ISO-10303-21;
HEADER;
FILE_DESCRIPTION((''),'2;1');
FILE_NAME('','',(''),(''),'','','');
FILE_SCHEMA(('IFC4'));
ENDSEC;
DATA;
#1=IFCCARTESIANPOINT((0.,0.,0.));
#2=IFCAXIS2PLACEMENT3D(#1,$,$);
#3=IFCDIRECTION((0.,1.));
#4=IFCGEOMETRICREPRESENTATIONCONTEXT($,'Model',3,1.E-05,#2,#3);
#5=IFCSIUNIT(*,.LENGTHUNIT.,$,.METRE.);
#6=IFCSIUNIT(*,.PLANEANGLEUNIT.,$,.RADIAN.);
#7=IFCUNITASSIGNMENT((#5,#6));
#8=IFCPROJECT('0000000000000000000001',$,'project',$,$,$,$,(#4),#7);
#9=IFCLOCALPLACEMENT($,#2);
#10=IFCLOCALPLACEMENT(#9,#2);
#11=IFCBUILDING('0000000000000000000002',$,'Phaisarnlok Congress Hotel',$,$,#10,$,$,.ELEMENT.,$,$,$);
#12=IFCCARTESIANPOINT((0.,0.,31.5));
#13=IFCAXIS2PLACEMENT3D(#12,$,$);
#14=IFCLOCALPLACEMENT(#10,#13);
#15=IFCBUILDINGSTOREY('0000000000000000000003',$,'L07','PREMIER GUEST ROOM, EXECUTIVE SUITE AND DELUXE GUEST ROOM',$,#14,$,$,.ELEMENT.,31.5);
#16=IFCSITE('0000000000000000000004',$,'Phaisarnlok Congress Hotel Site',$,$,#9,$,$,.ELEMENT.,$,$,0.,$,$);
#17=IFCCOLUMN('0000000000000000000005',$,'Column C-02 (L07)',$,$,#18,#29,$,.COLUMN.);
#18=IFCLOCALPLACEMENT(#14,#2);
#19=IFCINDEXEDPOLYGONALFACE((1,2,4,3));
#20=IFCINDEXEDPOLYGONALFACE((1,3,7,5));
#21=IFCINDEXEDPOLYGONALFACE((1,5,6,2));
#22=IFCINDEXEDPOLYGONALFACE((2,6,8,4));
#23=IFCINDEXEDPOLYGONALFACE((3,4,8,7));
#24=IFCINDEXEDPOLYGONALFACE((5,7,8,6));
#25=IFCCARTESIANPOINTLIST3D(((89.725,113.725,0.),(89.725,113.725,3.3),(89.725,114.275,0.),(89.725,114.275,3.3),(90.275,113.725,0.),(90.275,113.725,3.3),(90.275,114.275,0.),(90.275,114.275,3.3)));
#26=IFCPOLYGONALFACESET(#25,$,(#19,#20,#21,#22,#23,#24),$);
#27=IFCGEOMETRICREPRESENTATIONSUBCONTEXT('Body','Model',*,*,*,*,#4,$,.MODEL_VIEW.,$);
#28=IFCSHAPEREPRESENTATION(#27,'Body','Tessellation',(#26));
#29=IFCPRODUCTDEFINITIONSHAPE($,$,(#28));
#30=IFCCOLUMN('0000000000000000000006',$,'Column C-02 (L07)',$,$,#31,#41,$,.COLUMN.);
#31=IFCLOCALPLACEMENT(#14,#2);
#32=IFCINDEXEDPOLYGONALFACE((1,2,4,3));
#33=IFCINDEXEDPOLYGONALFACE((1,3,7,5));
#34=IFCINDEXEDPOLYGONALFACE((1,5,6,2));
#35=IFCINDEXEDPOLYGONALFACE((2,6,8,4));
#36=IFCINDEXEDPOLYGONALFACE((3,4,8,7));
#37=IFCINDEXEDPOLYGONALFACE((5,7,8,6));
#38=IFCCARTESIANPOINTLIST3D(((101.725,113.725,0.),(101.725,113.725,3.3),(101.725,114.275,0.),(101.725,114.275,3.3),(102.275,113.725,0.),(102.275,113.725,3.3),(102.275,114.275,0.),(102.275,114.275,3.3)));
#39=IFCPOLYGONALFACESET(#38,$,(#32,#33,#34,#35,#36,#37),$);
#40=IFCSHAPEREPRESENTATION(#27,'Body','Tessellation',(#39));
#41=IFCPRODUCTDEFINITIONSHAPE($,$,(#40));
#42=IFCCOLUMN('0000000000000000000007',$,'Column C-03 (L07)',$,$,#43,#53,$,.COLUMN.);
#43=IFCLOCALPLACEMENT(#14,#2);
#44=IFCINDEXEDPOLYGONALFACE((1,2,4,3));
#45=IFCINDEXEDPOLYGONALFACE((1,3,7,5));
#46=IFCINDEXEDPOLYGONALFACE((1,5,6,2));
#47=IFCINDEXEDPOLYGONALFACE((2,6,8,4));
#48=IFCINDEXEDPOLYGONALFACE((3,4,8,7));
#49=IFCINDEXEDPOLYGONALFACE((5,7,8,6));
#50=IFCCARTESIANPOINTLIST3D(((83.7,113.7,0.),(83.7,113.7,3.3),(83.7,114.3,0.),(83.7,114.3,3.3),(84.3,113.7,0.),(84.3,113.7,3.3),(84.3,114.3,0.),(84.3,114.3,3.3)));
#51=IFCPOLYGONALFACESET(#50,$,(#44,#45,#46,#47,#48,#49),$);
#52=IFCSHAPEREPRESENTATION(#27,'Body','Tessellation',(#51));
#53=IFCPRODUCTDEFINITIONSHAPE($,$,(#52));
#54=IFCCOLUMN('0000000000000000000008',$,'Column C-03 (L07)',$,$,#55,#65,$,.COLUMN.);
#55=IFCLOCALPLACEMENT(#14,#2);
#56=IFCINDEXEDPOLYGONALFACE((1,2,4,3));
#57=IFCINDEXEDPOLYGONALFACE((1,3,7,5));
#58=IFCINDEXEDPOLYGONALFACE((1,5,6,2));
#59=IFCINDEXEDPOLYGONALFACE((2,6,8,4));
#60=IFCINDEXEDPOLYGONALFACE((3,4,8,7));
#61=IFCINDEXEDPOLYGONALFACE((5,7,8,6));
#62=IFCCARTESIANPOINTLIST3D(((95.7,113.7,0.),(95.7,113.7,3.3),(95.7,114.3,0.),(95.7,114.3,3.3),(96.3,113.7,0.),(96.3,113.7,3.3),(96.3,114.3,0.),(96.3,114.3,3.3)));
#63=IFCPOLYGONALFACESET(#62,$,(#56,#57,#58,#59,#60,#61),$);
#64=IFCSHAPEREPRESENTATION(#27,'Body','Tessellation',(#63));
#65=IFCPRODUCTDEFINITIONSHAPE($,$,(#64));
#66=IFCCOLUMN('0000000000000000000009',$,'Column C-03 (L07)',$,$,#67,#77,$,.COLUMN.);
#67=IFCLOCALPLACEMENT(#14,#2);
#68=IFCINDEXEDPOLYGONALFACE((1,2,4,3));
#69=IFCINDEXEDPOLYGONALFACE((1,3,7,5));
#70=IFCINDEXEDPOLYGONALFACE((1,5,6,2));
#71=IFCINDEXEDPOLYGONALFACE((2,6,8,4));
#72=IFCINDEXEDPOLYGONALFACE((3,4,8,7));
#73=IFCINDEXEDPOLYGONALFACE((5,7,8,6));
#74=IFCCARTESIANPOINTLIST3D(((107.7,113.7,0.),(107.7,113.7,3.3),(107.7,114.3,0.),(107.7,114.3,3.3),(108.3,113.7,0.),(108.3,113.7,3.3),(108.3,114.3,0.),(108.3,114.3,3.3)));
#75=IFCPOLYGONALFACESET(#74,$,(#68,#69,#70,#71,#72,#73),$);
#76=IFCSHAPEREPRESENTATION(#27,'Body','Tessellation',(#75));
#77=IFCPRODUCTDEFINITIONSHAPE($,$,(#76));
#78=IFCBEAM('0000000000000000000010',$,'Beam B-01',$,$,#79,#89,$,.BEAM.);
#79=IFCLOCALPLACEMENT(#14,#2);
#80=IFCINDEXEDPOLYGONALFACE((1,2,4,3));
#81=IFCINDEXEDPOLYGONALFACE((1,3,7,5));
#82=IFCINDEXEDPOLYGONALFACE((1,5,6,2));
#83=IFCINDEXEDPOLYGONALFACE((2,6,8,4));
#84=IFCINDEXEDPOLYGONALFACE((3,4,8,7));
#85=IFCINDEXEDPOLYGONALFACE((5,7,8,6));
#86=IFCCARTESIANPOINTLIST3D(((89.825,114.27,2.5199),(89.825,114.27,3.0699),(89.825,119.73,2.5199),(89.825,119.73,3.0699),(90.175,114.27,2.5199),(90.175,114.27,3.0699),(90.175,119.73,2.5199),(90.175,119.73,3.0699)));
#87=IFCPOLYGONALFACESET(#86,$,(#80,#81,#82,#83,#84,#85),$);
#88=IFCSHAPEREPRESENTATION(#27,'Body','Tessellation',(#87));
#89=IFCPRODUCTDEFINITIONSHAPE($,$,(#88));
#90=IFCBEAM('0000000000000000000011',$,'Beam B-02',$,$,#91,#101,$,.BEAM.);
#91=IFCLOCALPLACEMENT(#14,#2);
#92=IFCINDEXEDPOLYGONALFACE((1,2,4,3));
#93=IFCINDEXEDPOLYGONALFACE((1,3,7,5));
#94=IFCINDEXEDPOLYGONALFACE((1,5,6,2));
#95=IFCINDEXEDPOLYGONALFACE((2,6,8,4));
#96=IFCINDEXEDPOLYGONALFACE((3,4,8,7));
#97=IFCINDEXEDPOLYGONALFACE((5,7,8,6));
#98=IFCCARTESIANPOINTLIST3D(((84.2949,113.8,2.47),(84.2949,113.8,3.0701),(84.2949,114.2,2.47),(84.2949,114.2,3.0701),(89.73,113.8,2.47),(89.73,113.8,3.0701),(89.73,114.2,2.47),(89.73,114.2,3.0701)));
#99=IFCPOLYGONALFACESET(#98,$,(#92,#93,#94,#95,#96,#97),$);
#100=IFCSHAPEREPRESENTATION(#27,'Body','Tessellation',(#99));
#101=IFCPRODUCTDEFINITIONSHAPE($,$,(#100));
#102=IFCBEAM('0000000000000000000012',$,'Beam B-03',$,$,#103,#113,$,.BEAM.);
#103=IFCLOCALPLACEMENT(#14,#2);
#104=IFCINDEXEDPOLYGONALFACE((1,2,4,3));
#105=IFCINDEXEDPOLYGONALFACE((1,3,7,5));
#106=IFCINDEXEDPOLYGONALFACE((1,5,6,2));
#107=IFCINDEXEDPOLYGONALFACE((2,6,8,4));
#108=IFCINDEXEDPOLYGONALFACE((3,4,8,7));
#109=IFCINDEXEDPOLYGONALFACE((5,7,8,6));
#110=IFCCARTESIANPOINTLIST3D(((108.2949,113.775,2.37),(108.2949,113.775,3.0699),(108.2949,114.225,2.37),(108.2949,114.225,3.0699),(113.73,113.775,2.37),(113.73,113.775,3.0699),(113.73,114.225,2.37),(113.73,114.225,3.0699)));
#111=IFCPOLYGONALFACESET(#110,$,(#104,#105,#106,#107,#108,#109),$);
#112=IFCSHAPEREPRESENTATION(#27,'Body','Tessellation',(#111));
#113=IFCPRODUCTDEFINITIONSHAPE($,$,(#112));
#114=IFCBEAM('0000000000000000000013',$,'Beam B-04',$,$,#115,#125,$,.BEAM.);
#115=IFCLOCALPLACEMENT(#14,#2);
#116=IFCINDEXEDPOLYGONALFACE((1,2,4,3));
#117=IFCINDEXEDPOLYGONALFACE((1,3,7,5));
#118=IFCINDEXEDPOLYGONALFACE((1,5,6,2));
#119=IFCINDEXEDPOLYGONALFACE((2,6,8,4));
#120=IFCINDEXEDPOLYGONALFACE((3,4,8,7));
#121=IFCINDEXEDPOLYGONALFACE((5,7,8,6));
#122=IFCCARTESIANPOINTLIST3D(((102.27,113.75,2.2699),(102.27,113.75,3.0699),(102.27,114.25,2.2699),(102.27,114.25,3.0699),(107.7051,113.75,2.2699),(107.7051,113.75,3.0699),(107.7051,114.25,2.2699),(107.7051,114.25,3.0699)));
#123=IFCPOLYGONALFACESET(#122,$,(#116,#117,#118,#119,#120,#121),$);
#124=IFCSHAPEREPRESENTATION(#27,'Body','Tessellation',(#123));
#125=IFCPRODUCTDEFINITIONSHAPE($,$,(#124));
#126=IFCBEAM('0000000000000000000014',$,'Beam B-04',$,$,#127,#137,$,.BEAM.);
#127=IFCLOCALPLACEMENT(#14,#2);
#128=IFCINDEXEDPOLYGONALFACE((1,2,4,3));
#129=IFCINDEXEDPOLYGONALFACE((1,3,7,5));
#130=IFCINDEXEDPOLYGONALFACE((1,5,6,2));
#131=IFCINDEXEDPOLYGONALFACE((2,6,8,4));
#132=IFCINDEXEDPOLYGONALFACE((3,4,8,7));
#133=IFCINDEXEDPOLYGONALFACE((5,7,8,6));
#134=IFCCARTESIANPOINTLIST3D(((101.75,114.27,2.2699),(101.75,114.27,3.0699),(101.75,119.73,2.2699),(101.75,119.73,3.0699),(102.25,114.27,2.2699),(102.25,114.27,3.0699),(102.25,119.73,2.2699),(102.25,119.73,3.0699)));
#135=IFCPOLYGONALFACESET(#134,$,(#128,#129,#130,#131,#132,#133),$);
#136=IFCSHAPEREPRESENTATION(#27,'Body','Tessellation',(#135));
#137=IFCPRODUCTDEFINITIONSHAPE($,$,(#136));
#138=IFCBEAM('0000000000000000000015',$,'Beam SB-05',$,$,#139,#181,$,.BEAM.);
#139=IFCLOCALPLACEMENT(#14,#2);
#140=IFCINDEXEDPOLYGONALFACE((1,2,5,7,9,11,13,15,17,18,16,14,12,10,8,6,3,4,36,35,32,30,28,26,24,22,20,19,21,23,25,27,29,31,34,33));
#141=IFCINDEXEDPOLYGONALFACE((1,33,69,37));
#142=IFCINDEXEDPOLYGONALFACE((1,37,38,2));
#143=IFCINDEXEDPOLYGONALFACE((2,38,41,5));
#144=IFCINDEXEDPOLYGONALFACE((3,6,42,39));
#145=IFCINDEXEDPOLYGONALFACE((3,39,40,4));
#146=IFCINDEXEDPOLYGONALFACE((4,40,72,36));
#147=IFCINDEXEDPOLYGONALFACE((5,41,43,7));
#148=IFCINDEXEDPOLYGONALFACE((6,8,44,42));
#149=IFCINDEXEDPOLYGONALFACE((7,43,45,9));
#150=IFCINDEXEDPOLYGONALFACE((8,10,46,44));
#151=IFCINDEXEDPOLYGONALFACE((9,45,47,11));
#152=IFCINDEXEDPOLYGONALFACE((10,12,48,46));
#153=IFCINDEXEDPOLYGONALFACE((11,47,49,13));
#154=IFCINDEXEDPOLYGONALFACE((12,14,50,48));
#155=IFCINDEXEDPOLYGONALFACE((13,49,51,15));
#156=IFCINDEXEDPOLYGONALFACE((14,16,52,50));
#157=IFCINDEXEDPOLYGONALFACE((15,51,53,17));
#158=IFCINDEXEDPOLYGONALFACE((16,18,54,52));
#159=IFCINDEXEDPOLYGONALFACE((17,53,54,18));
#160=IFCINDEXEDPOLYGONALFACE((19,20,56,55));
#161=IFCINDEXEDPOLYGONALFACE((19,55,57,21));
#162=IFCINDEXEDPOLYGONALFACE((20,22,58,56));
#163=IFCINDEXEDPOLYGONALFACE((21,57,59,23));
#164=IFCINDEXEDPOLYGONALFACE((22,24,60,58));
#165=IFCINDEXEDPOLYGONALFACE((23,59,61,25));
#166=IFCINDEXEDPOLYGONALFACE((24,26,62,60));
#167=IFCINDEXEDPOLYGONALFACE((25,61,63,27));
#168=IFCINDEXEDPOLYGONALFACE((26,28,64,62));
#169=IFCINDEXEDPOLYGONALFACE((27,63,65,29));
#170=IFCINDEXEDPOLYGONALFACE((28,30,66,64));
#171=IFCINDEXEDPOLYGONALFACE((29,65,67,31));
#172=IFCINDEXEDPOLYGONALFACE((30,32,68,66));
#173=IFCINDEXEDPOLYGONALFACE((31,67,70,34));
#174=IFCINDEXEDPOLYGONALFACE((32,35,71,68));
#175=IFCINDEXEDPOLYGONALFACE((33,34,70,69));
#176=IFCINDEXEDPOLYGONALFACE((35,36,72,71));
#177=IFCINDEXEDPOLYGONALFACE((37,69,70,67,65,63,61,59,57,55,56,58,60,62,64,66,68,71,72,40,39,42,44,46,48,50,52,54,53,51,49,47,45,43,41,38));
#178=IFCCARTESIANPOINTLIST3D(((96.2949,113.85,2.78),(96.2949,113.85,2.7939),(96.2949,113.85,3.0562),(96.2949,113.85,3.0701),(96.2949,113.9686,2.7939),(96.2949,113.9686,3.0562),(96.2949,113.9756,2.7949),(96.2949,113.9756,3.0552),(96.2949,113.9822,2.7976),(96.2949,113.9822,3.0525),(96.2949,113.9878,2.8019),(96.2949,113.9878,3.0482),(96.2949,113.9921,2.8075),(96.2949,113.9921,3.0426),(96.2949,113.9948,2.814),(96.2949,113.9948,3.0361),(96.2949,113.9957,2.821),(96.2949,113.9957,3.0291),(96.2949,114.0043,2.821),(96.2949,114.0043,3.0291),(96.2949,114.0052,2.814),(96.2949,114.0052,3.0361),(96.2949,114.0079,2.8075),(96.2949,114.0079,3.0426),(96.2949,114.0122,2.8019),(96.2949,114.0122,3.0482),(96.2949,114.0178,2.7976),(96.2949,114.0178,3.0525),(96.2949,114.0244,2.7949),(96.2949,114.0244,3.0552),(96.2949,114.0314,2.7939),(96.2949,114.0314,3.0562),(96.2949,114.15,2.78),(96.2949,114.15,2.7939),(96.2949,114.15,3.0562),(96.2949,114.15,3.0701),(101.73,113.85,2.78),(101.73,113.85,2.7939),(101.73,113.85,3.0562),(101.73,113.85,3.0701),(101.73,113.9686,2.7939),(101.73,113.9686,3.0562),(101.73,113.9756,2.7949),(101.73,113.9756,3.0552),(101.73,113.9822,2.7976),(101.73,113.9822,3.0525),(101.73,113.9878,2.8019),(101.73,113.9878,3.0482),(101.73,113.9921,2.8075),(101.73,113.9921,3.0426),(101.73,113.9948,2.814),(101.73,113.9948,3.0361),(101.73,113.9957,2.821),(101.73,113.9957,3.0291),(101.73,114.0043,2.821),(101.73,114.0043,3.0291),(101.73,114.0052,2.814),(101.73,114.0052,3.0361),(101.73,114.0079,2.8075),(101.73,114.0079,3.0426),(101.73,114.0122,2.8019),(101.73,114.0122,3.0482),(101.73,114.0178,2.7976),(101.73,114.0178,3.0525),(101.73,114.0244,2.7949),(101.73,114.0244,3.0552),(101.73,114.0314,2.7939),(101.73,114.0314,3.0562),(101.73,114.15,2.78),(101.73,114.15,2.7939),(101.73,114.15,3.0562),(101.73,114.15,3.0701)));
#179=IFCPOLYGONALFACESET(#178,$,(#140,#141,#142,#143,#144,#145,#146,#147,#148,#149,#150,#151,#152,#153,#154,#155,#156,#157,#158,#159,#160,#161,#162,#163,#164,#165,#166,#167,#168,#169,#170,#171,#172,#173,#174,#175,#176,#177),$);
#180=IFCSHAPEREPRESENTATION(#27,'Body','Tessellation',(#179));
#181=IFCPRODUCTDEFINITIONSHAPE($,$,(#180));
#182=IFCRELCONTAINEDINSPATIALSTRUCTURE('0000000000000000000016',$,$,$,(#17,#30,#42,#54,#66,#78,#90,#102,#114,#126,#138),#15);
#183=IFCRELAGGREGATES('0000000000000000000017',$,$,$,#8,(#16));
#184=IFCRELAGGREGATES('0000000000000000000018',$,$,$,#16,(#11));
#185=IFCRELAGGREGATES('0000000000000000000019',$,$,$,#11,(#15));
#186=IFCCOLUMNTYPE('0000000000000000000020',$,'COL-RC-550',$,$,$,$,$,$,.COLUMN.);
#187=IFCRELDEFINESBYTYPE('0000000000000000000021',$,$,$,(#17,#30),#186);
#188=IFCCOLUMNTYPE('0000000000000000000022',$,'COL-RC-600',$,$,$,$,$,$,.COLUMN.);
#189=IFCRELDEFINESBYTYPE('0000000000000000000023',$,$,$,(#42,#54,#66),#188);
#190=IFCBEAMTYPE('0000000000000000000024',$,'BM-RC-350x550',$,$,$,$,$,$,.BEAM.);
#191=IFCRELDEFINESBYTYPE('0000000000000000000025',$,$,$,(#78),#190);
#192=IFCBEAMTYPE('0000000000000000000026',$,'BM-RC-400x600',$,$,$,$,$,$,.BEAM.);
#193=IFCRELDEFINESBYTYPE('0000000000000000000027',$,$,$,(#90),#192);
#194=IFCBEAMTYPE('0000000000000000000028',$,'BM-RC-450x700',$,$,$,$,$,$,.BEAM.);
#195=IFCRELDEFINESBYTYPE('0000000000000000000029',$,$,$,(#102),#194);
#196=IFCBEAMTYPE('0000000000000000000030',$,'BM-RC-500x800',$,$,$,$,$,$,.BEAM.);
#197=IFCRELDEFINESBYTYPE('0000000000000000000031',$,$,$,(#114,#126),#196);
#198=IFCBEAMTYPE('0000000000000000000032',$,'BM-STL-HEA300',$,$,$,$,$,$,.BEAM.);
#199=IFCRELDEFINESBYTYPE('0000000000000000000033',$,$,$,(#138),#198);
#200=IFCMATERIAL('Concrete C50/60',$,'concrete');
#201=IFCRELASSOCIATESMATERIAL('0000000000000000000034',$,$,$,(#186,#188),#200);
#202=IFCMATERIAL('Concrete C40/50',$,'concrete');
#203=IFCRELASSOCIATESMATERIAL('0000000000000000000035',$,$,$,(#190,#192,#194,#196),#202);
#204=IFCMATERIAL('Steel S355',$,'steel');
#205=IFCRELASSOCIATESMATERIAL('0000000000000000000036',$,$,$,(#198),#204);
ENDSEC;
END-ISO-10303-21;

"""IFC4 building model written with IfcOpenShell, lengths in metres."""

from ifc_helpers import new_model, si_unit, direction, frame, origin, origin_2d, place, context, subcontext, project, spatial, rectangle, i_section, extrude, material, material_profile, profile_set, type_object, element, save


model = new_model("IFC4")

# Units and contexts
model_context = context("Model", 3, precision=1e-05, world=origin(), true_north=direction((0.0, 1.0)))
body_context = subcontext(model_context, "Body", "Model", "MODEL_VIEW")
ifc_project = project(units=[si_unit("LENGTHUNIT", "METRE"), si_unit("PLANEANGLEUNIT", "RADIAN")], contexts=[model_context])

# Site, building, storey
site_placement = place(None, origin())
site = spatial("IfcSite", under=ifc_project, at=site_placement, Name="Phaisarnlok Congress Hotel Site", CompositionType="ELEMENT", RefElevation=0.0)
building_placement = place(site_placement, origin())
building = spatial("IfcBuilding", under=site, at=building_placement, Name="Phaisarnlok Congress Hotel", CompositionType="ELEMENT")
storey_placement = place(building_placement, frame((0.0, 0.0, 31.5)))
storey = spatial("IfcBuildingStorey", under=building, at=storey_placement, Name="L07", Description="PREMIER GUEST ROOM, EXECUTIVE SUITE AND DELUXE GUEST ROOM", CompositionType="ELEMENT", Elevation=31.5)

# Columns
ifc_material_1 = material(Name="Concrete C50/60", Category="concrete")
ifc_material_profile_1 = material_profile(ifc_material_1, rectangle(XDim=0.55, YDim=0.55, at=origin_2d()), Name="RC 550x550")
ifc_profile_set_1 = profile_set([ifc_material_profile_1], Name="Concrete C50/60")
column_type_1 = type_object("IfcColumnType", Name="COL-RC-550", PredefinedType="COLUMN", material=ifc_profile_set_1)
for number, where, z_axis, x_axis, name in (
    (1, (90.0, 114.0, 0.0), (0.0, 0.0, 1.0), (1.0, 0.0, 0.0), "Column C-02 (L07)"),
    (2, (102.0, 114.0, 0.0), (0.0, 0.0, 1.0), (1.0, 0.0, 0.0), "Column C-02 (L07)"),
):
    element("IfcColumn", number, at=place(storey_placement, frame(where, z_axis=z_axis, x_axis=x_axis)), inside=storey, type_object=column_type_1, Name=name, PredefinedType="COLUMN", context=body_context, shape_type="SweptSolid", body=[
        extrude(rectangle(XDim=0.55, YDim=0.55, at=origin_2d()), origin(), (0.0, 0.0, 1.0), 3.3),
    ])
ifc_material_profile_2 = material_profile(ifc_material_1, rectangle(XDim=0.6001, YDim=0.6001, at=origin_2d()), Name="RC 600x600")
ifc_profile_set_2 = profile_set([ifc_material_profile_2], Name="Concrete C50/60")
column_type_2 = type_object("IfcColumnType", Name="COL-RC-600", PredefinedType="COLUMN", material=ifc_profile_set_2)
for number, where, z_axis, x_axis, name in (
    (3, (84.0, 114.0, 0.0), (0.0, 0.0, 1.0), (1.0, 0.0, 0.0), "Column C-03 (L07)"),
    (4, (96.0, 114.0, 0.0), (0.0, 0.0, 1.0), (1.0, 0.0, 0.0), "Column C-03 (L07)"),
    (5, (108.0, 114.0, 0.0), (0.0, 0.0, 1.0), (1.0, 0.0, 0.0), "Column C-03 (L07)"),
):
    element("IfcColumn", number, at=place(storey_placement, frame(where, z_axis=z_axis, x_axis=x_axis)), inside=storey, type_object=column_type_2, Name=name, PredefinedType="COLUMN", context=body_context, shape_type="SweptSolid", body=[
        extrude(rectangle(XDim=0.6001, YDim=0.6001, at=origin_2d()), origin(), (0.0, 0.0, 1.0), 3.3),
    ])

# Beams
ifc_material_2 = material(Name="Concrete C40/50", Category="concrete")
ifc_material_profile_3 = material_profile(ifc_material_2, rectangle(XDim=0.3501, YDim=0.55, at=origin_2d()), Name="RC 350x550")
ifc_profile_set_3 = profile_set([ifc_material_profile_3], Name="Concrete C40/50")
beam_type_1 = type_object("IfcBeamType", Name="BM-RC-350x550", PredefinedType="BEAM", material=ifc_profile_set_3)
beam_1_placement = place(storey_placement, frame((90.0, 114.27, 2.7949), z_axis=(0.0, 1.0, 0.0), x_axis=(-1.0, 0.0, 0.0)))
element("IfcBeam", 6, at=beam_1_placement, inside=storey, type_object=beam_type_1, Name="Beam B-01", PredefinedType="BEAM", context=body_context, shape_type="SweptSolid", body=[
    extrude(rectangle(XDim=0.3501, YDim=0.55, at=origin_2d()), origin(), (0.0, 0.0, 1.0), 5.46),
])
ifc_material_profile_4 = material_profile(ifc_material_2, rectangle(XDim=0.3999, YDim=0.6001, at=origin_2d()), Name="RC 400x600")
ifc_profile_set_4 = profile_set([ifc_material_profile_4], Name="Concrete C40/50")
beam_type_2 = type_object("IfcBeamType", Name="BM-RC-400x600", PredefinedType="BEAM", material=ifc_profile_set_4)
beam_2_placement = place(storey_placement, frame((84.2949, 114.0, 2.77), z_axis=(1.0, 0.0, 0.0), x_axis=(0.0, 1.0, 0.0)))
element("IfcBeam", 7, at=beam_2_placement, inside=storey, type_object=beam_type_2, Name="Beam B-02", PredefinedType="BEAM", context=body_context, shape_type="SweptSolid", body=[
    extrude(rectangle(XDim=0.3999, YDim=0.6001, at=origin_2d()), origin(), (0.0, 0.0, 1.0), 5.4351),
])
ifc_material_profile_5 = material_profile(ifc_material_2, rectangle(XDim=0.45, YDim=0.7, at=origin_2d()), Name="RC 450x700")
ifc_profile_set_5 = profile_set([ifc_material_profile_5], Name="Concrete C40/50")
beam_type_3 = type_object("IfcBeamType", Name="BM-RC-450x700", PredefinedType="BEAM", material=ifc_profile_set_5)
beam_3_placement = place(storey_placement, frame((108.2949, 114.0, 2.72), z_axis=(1.0, 0.0, 0.0), x_axis=(0.0, 1.0, 0.0)))
element("IfcBeam", 8, at=beam_3_placement, inside=storey, type_object=beam_type_3, Name="Beam B-03", PredefinedType="BEAM", context=body_context, shape_type="SweptSolid", body=[
    extrude(rectangle(XDim=0.45, YDim=0.7, at=origin_2d()), origin(), (0.0, 0.0, 1.0), 5.4351),
])
ifc_material_profile_6 = material_profile(ifc_material_2, rectangle(XDim=0.5, YDim=0.8, at=origin_2d()), Name="RC 500x800")
ifc_profile_set_6 = profile_set([ifc_material_profile_6], Name="Concrete C40/50")
beam_type_4 = type_object("IfcBeamType", Name="BM-RC-500x800", PredefinedType="BEAM", material=ifc_profile_set_6)
beam_4_placement = place(storey_placement, frame((102.27, 114.0, 2.6699), z_axis=(1.0, 0.0, 0.0), x_axis=(0.0, 1.0, 0.0)))
element("IfcBeam", 9, at=beam_4_placement, inside=storey, type_object=beam_type_4, Name="Beam B-04", PredefinedType="BEAM", context=body_context, shape_type="SweptSolid", body=[
    extrude(rectangle(XDim=0.5, YDim=0.8, at=origin_2d()), origin(), (0.0, 0.0, 1.0), 5.4351),
])
beam_5_placement = place(storey_placement, frame((102.0, 114.27, 2.6699), z_axis=(0.0, 1.0, 0.0), x_axis=(-1.0, 0.0, 0.0)))
element("IfcBeam", 10, at=beam_5_placement, inside=storey, type_object=beam_type_4, Name="Beam B-04", PredefinedType="BEAM", context=body_context, shape_type="SweptSolid", body=[
    extrude(rectangle(XDim=0.5, YDim=0.8, at=origin_2d()), origin(), (0.0, 0.0, 1.0), 5.46),
])
ifc_material_3 = material(Name="Steel S355", Category="steel")
ifc_material_profile_7 = material_profile(ifc_material_3, i_section(OverallWidth=0.3, OverallDepth=0.29, WebThickness=0.0085, FlangeThickness=0.0139, FilletRadius=0.0271, at=origin_2d()), Name="HEA 300")
ifc_profile_set_7 = profile_set([ifc_material_profile_7], Name="Steel S355")
beam_type_5 = type_object("IfcBeamType", Name="BM-STL-HEA300", PredefinedType="BEAM", material=ifc_profile_set_7)
beam_6_placement = place(storey_placement, frame((96.2949, 114.0, 2.925), z_axis=(1.0, 0.0, 0.0), x_axis=(0.0, 1.0, 0.0)))
element("IfcBeam", 11, at=beam_6_placement, inside=storey, type_object=beam_type_5, Name="Beam SB-05", PredefinedType="BEAM", context=body_context, shape_type="SweptSolid", body=[
    extrude(i_section(OverallWidth=0.3, OverallDepth=0.29, WebThickness=0.0085, FlangeThickness=0.0139, FilletRadius=0.0271, at=origin_2d()), origin(), (0.0, 0.0, 1.0), 5.4351),
])

save(model, "model.ifc")
